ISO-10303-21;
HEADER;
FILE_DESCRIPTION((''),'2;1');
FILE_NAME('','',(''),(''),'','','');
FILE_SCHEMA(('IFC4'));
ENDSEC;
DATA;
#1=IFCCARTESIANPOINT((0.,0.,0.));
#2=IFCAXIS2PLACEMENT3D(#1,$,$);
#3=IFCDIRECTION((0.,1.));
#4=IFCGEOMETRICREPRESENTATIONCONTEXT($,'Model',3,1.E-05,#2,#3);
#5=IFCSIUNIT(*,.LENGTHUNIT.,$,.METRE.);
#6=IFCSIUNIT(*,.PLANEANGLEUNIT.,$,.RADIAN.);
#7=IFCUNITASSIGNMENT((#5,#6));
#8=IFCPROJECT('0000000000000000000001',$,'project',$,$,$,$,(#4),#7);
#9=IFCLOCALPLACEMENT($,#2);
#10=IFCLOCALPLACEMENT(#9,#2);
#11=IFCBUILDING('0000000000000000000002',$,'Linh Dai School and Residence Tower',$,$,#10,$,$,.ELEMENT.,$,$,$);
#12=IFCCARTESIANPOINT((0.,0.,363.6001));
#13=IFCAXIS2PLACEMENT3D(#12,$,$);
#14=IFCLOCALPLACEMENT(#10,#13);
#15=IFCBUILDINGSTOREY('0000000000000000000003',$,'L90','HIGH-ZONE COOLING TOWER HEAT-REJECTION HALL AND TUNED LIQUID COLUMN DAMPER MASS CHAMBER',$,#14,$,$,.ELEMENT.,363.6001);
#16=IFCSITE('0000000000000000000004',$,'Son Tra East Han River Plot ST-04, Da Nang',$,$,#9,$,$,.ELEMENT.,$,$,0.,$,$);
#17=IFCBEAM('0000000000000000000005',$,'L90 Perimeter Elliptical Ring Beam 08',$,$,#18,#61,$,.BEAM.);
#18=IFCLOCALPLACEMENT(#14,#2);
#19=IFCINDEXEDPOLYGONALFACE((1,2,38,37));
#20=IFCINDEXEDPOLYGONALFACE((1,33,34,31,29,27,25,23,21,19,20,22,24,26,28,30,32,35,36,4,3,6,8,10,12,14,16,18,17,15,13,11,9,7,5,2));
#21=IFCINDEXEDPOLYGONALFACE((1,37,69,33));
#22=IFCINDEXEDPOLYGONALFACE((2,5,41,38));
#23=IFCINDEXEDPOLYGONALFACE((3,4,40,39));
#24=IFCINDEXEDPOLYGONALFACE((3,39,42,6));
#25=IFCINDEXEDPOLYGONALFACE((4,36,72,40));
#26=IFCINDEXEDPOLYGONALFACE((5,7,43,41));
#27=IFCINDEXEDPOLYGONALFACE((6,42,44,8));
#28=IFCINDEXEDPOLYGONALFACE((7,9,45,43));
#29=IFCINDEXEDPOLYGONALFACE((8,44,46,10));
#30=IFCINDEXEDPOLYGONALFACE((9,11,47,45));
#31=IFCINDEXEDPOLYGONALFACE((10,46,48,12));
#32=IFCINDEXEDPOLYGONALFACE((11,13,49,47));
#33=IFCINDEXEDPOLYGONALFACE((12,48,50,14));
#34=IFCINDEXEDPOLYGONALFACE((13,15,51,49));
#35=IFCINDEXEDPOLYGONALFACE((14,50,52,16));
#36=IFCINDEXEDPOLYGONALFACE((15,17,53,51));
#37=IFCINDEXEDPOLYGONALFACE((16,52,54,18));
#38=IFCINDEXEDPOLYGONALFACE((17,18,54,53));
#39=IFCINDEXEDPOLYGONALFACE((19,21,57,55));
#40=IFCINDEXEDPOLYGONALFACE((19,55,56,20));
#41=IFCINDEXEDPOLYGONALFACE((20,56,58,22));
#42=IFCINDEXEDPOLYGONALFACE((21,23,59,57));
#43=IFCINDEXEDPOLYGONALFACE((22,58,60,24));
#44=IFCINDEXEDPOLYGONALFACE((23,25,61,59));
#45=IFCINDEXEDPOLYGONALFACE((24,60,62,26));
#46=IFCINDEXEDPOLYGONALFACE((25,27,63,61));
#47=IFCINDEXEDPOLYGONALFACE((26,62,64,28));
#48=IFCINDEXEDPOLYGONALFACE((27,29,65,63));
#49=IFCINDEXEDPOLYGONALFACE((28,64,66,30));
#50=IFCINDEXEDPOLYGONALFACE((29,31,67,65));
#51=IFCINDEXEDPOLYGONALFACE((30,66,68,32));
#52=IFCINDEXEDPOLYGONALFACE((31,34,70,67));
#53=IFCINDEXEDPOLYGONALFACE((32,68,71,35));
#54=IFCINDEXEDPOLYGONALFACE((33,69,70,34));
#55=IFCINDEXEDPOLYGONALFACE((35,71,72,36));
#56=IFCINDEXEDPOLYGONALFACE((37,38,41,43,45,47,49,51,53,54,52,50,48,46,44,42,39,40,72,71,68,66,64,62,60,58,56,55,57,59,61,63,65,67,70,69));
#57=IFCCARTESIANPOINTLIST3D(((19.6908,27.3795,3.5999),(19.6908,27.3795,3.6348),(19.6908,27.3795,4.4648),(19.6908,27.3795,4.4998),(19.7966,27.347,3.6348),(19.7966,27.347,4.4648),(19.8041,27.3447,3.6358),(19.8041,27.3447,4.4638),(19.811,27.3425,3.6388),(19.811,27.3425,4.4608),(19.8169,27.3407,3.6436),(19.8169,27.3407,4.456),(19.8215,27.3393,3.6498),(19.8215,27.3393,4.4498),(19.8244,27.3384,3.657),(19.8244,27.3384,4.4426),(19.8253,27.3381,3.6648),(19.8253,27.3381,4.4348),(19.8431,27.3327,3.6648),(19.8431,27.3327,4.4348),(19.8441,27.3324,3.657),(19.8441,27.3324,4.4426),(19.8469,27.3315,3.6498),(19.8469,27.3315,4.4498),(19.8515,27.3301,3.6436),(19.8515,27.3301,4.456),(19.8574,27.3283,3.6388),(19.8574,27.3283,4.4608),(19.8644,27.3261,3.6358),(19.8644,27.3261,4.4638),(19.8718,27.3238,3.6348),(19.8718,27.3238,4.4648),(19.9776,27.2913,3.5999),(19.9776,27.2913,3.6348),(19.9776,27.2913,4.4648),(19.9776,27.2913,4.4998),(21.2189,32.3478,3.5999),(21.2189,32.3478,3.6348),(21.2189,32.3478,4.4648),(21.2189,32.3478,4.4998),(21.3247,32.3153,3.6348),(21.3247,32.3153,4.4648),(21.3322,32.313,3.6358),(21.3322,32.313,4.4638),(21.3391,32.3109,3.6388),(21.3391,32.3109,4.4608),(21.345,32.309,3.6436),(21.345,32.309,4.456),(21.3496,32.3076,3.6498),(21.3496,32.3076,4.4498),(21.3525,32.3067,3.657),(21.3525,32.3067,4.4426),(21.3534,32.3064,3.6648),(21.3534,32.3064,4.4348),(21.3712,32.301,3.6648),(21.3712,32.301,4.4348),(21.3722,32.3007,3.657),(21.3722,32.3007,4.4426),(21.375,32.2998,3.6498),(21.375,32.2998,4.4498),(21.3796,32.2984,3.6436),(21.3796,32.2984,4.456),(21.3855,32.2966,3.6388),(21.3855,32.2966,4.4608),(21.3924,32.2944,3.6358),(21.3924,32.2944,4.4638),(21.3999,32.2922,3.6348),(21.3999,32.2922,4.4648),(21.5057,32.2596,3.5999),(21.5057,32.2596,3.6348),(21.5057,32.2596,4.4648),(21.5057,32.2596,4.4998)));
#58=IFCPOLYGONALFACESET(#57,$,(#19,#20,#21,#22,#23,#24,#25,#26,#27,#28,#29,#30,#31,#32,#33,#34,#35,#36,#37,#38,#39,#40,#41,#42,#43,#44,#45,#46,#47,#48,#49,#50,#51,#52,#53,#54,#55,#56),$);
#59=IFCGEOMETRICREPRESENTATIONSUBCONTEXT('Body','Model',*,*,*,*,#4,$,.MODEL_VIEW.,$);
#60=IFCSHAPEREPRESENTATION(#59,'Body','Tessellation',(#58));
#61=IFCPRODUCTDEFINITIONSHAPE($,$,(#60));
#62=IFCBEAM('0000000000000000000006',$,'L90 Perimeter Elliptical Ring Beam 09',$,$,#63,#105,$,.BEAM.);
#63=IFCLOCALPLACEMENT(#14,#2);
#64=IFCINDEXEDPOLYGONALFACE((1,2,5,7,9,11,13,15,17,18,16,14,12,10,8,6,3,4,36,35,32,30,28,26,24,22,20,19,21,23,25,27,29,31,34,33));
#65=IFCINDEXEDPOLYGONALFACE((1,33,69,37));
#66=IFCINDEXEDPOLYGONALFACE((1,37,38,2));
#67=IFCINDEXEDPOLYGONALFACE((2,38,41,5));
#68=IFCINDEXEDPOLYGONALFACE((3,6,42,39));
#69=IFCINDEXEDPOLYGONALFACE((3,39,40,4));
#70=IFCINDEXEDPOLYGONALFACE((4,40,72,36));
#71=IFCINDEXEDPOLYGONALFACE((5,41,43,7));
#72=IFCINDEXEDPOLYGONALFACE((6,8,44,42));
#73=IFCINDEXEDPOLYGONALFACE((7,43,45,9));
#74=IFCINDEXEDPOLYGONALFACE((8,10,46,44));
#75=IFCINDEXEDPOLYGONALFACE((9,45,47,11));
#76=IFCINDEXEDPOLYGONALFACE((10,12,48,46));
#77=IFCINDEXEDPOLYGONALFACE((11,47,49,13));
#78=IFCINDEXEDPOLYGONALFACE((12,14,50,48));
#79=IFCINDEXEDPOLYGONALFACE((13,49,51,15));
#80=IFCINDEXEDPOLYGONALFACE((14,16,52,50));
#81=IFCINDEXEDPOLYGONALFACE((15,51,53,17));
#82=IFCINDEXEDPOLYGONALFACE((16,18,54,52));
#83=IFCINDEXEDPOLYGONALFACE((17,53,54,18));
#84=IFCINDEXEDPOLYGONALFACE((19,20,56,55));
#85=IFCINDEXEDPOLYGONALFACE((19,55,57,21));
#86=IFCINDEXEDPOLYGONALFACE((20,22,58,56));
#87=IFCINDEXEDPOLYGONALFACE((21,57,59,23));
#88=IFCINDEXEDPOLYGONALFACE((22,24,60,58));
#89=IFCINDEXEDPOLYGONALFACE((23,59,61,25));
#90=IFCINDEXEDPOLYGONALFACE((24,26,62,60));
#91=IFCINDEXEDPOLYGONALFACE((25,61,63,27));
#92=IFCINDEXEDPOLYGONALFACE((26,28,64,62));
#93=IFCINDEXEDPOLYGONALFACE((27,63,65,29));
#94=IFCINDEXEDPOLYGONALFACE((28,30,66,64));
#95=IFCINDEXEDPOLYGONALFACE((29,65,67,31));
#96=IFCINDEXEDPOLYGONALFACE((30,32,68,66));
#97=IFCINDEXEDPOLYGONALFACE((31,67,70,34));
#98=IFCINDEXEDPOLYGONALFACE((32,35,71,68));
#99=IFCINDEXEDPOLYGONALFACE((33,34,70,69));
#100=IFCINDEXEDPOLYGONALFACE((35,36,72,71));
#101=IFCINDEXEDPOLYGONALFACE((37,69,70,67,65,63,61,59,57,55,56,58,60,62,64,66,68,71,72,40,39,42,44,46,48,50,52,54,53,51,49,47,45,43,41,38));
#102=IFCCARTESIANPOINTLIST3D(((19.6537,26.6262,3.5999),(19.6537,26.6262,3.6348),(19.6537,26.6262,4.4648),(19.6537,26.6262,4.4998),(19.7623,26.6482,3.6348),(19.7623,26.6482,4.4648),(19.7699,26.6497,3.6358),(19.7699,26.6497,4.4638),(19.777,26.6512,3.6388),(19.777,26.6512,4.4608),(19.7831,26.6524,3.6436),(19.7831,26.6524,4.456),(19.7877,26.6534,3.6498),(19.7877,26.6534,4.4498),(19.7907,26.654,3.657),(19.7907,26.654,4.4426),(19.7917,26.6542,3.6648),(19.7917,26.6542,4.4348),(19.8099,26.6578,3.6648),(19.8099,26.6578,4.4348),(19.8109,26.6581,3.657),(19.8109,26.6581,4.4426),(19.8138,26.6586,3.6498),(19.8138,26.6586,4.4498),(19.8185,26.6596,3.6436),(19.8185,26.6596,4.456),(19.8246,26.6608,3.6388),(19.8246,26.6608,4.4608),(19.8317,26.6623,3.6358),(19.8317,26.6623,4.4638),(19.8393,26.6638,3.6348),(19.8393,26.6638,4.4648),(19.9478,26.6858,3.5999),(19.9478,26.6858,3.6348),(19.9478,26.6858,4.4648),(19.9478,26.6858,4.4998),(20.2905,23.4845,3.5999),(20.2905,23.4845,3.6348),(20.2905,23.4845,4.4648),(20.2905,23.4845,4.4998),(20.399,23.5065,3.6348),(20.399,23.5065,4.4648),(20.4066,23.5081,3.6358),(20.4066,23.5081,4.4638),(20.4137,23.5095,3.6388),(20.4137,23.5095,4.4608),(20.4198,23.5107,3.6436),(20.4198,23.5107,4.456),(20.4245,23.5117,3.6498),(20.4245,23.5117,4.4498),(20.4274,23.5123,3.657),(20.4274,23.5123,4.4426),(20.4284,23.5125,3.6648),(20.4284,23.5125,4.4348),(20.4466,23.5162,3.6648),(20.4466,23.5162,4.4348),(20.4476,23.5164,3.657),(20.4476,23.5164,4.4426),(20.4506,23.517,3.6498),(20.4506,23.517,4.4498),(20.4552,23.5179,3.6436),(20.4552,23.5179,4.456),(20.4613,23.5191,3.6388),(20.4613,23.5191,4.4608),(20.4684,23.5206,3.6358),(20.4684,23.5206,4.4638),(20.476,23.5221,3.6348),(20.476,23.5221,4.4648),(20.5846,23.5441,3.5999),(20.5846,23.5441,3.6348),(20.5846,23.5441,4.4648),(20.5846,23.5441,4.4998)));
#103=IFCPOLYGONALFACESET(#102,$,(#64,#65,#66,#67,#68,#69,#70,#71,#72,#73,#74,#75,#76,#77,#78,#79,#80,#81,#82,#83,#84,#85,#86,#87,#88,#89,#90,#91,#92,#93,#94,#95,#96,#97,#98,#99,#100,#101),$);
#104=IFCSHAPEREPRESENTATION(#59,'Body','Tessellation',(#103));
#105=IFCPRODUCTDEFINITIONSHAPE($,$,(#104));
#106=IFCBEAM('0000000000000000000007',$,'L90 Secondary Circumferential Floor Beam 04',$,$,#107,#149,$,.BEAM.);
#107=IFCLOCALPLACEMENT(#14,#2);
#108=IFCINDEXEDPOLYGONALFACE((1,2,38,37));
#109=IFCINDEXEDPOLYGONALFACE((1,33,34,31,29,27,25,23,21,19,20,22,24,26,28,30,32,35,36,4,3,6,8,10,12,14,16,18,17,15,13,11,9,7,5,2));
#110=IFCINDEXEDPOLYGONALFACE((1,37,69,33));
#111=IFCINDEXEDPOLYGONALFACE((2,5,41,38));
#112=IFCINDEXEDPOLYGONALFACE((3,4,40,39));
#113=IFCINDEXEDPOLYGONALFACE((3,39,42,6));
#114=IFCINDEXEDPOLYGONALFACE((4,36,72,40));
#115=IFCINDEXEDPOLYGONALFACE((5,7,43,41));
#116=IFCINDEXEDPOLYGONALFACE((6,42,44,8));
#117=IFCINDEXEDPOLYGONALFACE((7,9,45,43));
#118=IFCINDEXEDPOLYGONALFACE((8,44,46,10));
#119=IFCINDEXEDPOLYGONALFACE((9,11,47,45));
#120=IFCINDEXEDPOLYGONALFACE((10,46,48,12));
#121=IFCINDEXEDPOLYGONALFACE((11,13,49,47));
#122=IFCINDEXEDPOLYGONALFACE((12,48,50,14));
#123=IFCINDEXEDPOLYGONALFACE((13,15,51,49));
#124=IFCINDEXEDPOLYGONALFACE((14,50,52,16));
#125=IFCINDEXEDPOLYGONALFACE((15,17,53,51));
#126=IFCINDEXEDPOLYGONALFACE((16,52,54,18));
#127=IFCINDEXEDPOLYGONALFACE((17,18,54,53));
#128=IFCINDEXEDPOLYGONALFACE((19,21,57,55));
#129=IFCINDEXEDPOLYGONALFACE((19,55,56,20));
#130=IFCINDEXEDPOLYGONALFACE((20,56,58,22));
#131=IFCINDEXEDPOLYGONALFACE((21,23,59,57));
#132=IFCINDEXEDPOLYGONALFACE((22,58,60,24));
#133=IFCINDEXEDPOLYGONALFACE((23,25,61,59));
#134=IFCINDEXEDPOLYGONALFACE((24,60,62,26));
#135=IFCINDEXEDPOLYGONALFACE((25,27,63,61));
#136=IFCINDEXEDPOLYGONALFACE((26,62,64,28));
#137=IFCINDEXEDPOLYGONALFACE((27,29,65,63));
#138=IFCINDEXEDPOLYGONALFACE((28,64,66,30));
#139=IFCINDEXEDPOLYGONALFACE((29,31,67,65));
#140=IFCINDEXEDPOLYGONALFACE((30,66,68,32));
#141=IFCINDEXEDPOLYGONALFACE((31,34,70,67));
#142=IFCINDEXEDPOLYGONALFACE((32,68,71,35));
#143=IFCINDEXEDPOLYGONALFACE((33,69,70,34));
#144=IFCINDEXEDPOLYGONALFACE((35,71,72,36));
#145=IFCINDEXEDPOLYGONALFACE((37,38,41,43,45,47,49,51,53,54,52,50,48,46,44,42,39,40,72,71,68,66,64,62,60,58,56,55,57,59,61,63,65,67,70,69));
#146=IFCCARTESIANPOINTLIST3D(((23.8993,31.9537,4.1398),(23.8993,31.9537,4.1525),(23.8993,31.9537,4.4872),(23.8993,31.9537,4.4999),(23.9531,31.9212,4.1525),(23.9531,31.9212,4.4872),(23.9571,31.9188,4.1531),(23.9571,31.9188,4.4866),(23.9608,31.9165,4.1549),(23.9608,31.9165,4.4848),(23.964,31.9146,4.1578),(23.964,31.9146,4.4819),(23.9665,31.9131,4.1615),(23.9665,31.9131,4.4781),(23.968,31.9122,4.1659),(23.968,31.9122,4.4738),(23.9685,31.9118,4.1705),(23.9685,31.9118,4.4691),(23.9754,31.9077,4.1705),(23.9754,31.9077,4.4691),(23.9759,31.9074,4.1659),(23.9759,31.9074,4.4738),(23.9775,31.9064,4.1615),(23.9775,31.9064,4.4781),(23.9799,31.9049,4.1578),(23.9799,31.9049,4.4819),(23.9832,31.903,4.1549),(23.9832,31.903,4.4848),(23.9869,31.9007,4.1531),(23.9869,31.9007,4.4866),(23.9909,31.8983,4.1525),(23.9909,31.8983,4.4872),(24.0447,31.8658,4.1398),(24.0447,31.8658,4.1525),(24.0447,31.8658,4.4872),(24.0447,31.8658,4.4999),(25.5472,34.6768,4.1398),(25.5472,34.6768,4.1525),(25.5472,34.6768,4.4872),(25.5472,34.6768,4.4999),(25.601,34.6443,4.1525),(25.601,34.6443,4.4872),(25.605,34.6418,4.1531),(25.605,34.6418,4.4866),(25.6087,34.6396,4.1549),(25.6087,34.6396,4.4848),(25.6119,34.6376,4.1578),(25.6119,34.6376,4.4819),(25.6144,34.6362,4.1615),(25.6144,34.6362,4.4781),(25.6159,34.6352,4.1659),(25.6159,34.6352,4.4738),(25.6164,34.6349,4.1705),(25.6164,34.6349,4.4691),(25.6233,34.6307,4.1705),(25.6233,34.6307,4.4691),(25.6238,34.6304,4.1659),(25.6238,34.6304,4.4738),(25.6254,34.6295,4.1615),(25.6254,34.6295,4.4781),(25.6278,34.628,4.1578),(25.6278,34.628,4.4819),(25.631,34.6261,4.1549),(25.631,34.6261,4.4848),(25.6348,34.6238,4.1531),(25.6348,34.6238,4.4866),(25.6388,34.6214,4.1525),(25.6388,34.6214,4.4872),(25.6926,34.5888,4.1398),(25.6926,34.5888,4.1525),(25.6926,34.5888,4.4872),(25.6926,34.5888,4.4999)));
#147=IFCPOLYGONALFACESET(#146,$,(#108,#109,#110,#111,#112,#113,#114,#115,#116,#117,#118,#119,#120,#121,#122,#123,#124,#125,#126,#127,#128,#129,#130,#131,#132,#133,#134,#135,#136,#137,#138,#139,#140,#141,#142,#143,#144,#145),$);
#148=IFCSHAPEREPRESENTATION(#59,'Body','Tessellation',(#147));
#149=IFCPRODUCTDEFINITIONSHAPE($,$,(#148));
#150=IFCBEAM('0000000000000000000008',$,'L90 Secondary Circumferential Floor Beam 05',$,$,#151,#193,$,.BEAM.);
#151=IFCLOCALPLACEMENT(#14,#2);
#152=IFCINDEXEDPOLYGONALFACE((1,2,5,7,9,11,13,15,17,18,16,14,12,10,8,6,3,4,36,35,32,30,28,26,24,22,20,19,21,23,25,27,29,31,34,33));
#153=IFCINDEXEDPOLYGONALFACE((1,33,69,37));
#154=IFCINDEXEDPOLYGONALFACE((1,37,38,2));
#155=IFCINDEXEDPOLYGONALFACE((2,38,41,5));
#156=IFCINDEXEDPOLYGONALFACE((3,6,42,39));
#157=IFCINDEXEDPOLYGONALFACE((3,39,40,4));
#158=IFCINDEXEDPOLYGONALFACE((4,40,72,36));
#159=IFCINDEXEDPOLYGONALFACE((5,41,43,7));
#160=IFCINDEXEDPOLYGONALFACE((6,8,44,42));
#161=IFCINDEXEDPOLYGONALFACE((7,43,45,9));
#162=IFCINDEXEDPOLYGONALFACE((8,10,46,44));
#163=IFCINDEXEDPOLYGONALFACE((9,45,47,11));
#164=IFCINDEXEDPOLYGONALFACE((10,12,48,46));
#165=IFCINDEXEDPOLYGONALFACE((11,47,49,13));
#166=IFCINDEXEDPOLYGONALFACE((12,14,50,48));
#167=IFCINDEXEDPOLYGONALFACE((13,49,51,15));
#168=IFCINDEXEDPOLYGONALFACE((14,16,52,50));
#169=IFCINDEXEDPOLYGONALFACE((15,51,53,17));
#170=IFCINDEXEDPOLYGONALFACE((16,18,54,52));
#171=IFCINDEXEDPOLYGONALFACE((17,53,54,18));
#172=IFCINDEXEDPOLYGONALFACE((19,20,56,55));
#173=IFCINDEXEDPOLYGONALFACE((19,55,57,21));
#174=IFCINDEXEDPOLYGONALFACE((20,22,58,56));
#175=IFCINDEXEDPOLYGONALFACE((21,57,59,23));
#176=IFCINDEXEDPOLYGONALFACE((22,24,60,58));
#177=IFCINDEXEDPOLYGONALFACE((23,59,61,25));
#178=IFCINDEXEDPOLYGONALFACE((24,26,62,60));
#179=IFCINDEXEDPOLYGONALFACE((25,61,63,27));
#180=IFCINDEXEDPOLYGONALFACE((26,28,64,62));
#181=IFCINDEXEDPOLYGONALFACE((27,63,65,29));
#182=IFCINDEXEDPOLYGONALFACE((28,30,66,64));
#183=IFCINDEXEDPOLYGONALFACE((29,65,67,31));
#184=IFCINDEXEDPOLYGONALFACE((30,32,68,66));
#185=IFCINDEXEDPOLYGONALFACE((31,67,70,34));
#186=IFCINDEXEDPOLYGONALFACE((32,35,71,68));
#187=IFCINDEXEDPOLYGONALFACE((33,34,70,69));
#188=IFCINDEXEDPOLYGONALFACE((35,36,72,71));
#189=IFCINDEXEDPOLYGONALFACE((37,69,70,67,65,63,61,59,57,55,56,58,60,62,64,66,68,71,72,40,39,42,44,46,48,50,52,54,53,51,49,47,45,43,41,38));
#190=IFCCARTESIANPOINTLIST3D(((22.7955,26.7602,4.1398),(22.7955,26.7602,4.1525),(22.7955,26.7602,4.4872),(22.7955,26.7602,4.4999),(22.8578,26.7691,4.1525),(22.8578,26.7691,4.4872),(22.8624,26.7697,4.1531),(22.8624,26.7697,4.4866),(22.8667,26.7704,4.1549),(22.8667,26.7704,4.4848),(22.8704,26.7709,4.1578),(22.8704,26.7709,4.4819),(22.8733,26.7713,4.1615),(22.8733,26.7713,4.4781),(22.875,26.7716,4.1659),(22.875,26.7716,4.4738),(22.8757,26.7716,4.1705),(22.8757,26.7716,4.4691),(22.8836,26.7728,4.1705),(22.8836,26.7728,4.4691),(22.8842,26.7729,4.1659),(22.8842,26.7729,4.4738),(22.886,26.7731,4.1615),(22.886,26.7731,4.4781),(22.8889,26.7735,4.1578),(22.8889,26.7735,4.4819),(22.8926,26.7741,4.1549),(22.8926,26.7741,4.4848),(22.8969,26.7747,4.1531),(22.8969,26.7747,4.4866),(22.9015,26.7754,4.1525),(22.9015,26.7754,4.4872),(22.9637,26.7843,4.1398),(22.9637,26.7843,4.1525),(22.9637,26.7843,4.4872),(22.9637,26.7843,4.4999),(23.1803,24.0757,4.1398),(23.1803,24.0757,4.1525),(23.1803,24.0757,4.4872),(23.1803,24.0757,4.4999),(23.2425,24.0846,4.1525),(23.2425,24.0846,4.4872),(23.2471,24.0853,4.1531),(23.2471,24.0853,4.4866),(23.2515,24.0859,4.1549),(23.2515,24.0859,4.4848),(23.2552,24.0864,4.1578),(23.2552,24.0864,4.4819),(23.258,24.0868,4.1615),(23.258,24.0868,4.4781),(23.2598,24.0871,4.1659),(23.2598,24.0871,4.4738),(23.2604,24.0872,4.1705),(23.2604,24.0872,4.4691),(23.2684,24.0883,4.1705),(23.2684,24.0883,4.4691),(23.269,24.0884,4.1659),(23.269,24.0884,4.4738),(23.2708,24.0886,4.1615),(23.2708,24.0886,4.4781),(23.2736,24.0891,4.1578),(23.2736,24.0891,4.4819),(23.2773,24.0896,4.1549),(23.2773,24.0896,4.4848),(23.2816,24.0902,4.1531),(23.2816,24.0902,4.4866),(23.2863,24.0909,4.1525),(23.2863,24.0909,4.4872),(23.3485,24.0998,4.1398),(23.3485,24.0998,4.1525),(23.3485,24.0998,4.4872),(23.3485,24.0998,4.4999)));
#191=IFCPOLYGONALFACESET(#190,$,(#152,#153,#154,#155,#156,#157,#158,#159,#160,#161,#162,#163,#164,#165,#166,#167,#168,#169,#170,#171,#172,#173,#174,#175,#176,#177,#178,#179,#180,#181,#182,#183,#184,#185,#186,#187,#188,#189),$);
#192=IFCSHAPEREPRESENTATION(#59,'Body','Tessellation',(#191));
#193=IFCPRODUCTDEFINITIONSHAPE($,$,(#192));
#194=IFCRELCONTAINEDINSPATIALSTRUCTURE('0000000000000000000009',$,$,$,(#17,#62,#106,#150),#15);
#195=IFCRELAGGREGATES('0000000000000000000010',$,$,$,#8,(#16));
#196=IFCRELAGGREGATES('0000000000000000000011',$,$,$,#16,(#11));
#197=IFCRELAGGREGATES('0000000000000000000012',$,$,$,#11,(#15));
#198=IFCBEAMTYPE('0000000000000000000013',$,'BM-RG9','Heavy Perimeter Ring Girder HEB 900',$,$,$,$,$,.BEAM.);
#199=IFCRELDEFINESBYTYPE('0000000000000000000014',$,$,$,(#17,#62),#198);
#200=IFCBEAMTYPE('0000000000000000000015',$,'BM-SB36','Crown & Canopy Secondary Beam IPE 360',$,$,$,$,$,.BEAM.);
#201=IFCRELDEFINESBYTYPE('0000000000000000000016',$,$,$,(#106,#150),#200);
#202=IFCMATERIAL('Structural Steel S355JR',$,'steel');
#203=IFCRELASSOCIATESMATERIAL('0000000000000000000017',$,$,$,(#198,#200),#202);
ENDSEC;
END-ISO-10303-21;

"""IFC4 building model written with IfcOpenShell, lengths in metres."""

from ifc_helpers import new_model, si_unit, direction, frame, origin, origin_2d, place, context, subcontext, project, spatial, i_section, extrude, material, material_profile, profile_set, type_object, element, save


model = new_model("IFC4")

# Units and contexts
model_context = context("Model", 3, precision=1e-05, world=origin(), true_north=direction((0.0, 1.0)))
body_context = subcontext(model_context, "Body", "Model", "MODEL_VIEW")
ifc_project = project(units=[si_unit("LENGTHUNIT", "METRE"), si_unit("PLANEANGLEUNIT", "RADIAN")], contexts=[model_context])

# Site, building, storey
site_placement = place(None, origin())
site = spatial("IfcSite", under=ifc_project, at=site_placement, Name="Son Tra East Han River Plot ST-04, Da Nang", CompositionType="ELEMENT", RefElevation=0.0)
building_placement = place(site_placement, origin())
building = spatial("IfcBuilding", under=site, at=building_placement, Name="Linh Dai School and Residence Tower", CompositionType="ELEMENT")
storey_placement = place(building_placement, frame((0.0, 0.0, 363.6001)))
storey = spatial("IfcBuildingStorey", under=building, at=storey_placement, Name="L90", Description="HIGH-ZONE COOLING TOWER HEAT-REJECTION HALL AND TUNED LIQUID COLUMN DAMPER MASS CHAMBER", CompositionType="ELEMENT", Elevation=363.6001)

# Shared definitions
ifc_material_1 = material(Name="Structural Steel S355JR", Category="steel")

# Beams
ifc_material_profile_1 = material_profile(ifc_material_1, i_section(OverallWidth=0.3, OverallDepth=0.8999, WebThickness=0.0186, FlangeThickness=0.0349, FilletRadius=0.03, at=origin_2d()), Name="HEB 900")
ifc_profile_set_1 = profile_set([ifc_material_profile_1], Name="Structural Steel S355JR")
beam_type_1 = type_object("IfcBeamType", Name="BM-RG9", Description="Heavy Perimeter Ring Girder HEB 900", PredefinedType="BEAM", material=ifc_profile_set_1)
beam_1_placement = place(storey_placement, frame((21.3623, 32.3037, 4.0498), z_axis=(-0.293977, -0.955813, 0.0), x_axis=(0.955813, -0.293977, 0.0)))
element("IfcBeam", 1, at=beam_1_placement, inside=storey, type_object=beam_type_1, Name="L90 Perimeter Elliptical Ring Beam 08", PredefinedType="BEAM", context=body_context, shape_type="SweptSolid", body=[
    extrude(i_section(OverallWidth=0.3, OverallDepth=0.8999, WebThickness=0.0186, FlangeThickness=0.0349, FilletRadius=0.03, at=origin_2d()), origin(), (0.0, 0.0, 1.0), 5.198),
])
beam_2_placement = place(storey_placement, frame((19.8008, 26.656, 4.0498), z_axis=(0.198635, -0.980074, 0.0), x_axis=(0.980074, 0.198635, 0.0)))
element("IfcBeam", 2, at=beam_2_placement, inside=storey, type_object=beam_type_1, Name="L90 Perimeter Elliptical Ring Beam 09", PredefinedType="BEAM", context=body_context, shape_type="SweptSolid", body=[
    extrude(i_section(OverallWidth=0.3, OverallDepth=0.8999, WebThickness=0.0186, FlangeThickness=0.0349, FilletRadius=0.03, at=origin_2d()), origin(), (0.0, 0.0, 1.0), 3.2056),
])
ifc_material_profile_2 = material_profile(ifc_material_1, i_section(OverallWidth=0.1699, OverallDepth=0.3601, WebThickness=0.0081, FlangeThickness=0.0127, FilletRadius=0.0181, at=origin_2d()), Name="IPE 360")
ifc_profile_set_2 = profile_set([ifc_material_profile_2], Name="Structural Steel S355JR")
beam_type_2 = type_object("IfcBeamType", Name="BM-SB36", Description="Crown & Canopy Secondary Beam IPE 360", PredefinedType="BEAM", material=ifc_profile_set_2)
beam_3_placement = place(storey_placement, frame((25.6199, 34.6328, 4.3198), z_axis=(-0.517741, -0.855538, 0.0), x_axis=(0.855538, -0.517741, 0.0)))
element("IfcBeam", 3, at=beam_3_placement, inside=storey, type_object=beam_type_2, Name="L90 Secondary Circumferential Floor Beam 04", PredefinedType="BEAM", context=body_context, shape_type="SweptSolid", body=[
    extrude(i_section(OverallWidth=0.1699, OverallDepth=0.3601, WebThickness=0.0081, FlangeThickness=0.0127, FilletRadius=0.0181, at=origin_2d()), origin(), (0.0, 0.0, 1.0), 3.1829),
])
beam_4_placement = place(storey_placement, frame((22.8796, 26.7722, 4.3198), z_axis=(0.141875, -0.989885, 0.0), x_axis=(0.989885, 0.141875, 0.0)))
element("IfcBeam", 4, at=beam_4_placement, inside=storey, type_object=beam_type_2, Name="L90 Secondary Circumferential Floor Beam 05", PredefinedType="BEAM", context=body_context, shape_type="SweptSolid", body=[
    extrude(i_section(OverallWidth=0.1699, OverallDepth=0.3601, WebThickness=0.0081, FlangeThickness=0.0127, FilletRadius=0.0181, at=origin_2d()), origin(), (0.0, 0.0, 1.0), 2.7119),
])

save(model, "model.ifc")
